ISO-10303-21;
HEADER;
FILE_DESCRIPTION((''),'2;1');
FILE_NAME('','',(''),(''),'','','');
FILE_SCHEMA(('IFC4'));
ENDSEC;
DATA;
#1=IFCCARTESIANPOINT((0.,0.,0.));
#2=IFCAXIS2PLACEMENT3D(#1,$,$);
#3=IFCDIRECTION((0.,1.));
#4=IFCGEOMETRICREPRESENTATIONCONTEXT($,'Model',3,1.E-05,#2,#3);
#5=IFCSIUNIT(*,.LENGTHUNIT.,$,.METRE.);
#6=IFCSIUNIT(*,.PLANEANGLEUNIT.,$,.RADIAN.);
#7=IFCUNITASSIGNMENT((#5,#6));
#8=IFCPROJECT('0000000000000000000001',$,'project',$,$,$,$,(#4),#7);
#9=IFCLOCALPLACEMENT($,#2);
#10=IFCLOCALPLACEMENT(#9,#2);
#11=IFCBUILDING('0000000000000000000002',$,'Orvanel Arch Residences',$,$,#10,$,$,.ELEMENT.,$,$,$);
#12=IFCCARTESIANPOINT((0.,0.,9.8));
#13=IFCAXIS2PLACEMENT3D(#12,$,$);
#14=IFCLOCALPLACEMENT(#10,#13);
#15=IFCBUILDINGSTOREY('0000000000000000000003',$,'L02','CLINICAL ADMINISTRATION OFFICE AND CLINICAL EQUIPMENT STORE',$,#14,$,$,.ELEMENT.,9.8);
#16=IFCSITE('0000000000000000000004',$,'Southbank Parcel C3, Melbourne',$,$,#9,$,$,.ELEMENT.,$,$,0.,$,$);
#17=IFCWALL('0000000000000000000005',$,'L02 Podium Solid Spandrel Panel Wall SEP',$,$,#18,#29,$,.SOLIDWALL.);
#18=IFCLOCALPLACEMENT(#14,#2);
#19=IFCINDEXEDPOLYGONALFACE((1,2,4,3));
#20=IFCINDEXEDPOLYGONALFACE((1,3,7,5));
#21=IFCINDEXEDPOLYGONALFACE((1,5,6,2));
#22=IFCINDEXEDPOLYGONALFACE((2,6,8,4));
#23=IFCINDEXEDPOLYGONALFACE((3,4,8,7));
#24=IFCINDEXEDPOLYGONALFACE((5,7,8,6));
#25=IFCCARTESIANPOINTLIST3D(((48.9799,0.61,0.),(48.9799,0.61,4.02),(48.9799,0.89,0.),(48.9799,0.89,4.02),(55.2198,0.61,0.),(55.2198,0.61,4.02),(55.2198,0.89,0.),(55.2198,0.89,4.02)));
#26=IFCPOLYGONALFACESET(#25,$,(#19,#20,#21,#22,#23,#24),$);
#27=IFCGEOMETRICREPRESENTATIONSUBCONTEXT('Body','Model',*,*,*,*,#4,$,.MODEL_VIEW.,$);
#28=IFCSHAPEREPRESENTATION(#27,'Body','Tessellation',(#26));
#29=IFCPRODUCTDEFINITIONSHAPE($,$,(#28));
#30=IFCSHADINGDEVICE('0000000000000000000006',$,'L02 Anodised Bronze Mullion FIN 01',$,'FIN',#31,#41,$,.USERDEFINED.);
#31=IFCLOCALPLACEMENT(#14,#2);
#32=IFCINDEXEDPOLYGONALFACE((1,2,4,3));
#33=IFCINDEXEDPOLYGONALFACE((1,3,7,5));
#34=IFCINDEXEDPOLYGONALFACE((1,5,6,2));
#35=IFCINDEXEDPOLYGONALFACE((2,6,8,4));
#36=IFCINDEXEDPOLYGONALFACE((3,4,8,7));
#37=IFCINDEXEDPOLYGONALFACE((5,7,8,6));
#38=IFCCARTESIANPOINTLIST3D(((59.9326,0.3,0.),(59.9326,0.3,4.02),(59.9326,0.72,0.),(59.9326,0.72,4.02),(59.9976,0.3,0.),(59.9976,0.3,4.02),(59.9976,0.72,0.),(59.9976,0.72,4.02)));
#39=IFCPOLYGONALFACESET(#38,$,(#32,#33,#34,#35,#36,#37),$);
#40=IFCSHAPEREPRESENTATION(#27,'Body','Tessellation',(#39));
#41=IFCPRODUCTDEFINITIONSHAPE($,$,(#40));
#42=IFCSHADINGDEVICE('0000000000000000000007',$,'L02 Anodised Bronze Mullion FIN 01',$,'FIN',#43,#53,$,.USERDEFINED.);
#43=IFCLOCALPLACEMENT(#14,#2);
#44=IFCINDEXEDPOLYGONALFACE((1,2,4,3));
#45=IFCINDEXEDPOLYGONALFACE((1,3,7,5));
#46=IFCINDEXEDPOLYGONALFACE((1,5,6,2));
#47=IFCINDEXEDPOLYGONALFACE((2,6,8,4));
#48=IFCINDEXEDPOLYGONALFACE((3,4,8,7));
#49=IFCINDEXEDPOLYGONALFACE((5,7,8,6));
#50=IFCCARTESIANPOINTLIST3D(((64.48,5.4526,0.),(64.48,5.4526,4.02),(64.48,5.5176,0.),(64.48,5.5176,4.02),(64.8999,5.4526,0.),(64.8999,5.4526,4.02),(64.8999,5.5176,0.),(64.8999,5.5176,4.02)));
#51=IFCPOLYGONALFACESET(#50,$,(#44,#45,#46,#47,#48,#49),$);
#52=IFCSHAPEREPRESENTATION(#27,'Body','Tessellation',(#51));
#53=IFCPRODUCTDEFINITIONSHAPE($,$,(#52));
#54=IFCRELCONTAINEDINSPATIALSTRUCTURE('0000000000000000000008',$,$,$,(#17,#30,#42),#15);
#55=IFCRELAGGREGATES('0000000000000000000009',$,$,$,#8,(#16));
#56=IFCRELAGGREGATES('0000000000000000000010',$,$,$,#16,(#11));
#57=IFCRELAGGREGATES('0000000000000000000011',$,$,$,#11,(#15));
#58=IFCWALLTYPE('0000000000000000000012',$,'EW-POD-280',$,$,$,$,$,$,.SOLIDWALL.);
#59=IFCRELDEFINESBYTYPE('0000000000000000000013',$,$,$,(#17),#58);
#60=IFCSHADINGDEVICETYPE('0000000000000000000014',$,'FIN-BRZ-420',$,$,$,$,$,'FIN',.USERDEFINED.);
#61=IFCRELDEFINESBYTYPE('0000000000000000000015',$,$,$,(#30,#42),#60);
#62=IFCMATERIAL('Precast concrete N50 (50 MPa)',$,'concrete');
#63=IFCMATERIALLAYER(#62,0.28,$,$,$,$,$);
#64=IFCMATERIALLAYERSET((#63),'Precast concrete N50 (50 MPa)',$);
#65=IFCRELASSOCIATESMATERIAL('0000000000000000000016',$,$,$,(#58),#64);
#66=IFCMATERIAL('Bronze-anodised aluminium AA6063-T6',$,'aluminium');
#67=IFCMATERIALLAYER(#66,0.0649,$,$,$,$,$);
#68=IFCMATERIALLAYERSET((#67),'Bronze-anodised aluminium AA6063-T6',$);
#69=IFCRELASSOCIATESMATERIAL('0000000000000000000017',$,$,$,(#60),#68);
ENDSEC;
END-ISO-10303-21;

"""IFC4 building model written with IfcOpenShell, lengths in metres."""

from ifc_helpers import new_model, si_unit, direction, frame, frame_2d, origin, origin_2d, place, context, subcontext, project, spatial, rectangle, extrude, material, layer, layer_set, type_object, element, save


model = new_model("IFC4")

# Units and contexts
model_context = context("Model", 3, precision=1e-05, world=origin(), true_north=direction((0.0, 1.0)))
body_context = subcontext(model_context, "Body", "Model", "MODEL_VIEW")
ifc_project = project(units=[si_unit("LENGTHUNIT", "METRE"), si_unit("PLANEANGLEUNIT", "RADIAN")], contexts=[model_context])

# Site, building, storey
site_placement = place(None, origin())
site = spatial("IfcSite", under=ifc_project, at=site_placement, Name="Southbank Parcel C3, Melbourne", CompositionType="ELEMENT", RefElevation=0.0)
building_placement = place(site_placement, origin())
building = spatial("IfcBuilding", under=site, at=building_placement, Name="Orvanel Arch Residences", CompositionType="ELEMENT")
storey_placement = place(building_placement, frame((0.0, 0.0, 9.8)))
storey = spatial("IfcBuildingStorey", under=building, at=storey_placement, Name="L02", Description="CLINICAL ADMINISTRATION OFFICE AND CLINICAL EQUIPMENT STORE", CompositionType="ELEMENT", Elevation=9.8)

# Shared definitions
ifc_material_1 = material(Name="Bronze-anodised aluminium AA6063-T6", Category="aluminium")

# Wall
ifc_material_2 = material(Name="Precast concrete N50 (50 MPa)", Category="concrete")
ifc_layer_1 = layer(ifc_material_2, 0.28)
ifc_layer_set_1 = layer_set([ifc_layer_1], Name="Precast concrete N50 (50 MPa)")
wall_type = type_object("IfcWallType", Name="EW-POD-280", PredefinedType="SOLIDWALL", material=ifc_layer_set_1)
wall_placement = place(storey_placement, frame((55.22, 0.75, 0.0), z_axis=(0.0, 0.0, 1.0), x_axis=(-1.0, 0.0, 0.0)))
element("IfcWall", 1, at=wall_placement, inside=storey, type_object=wall_type, Name="L02 Podium Solid Spandrel Panel Wall SEP", PredefinedType="SOLIDWALL", context=body_context, shape_type="SweptSolid", body=[
    extrude(rectangle(XDim=6.24, YDim=0.28, at=frame_2d((3.1201, 0.0))), origin(), (0.0, 0.0, 1.0), 4.02),
])

# Shading devices
ifc_layer_2 = layer(ifc_material_1, 0.0649)
ifc_layer_set_2 = layer_set([ifc_layer_2], Name="Bronze-anodised aluminium AA6063-T6")
shading_device_type = type_object("IfcShadingDeviceType", Name="FIN-BRZ-420", ElementType="FIN", PredefinedType="USERDEFINED", material=ifc_layer_set_2)
for number, where, z_axis, x_axis, name in (
    (2, (59.9651, 0.51, 0.0), (0.0, 0.0, 1.0), (0.0, -1.0, 0.0), "L02 Anodised Bronze Mullion FIN 01"),
    (3, (64.6899, 5.4851, 0.0), (0.0, 0.0, 1.0), (1.0, 0.0, 0.0), "L02 Anodised Bronze Mullion FIN 01"),
):
    element("IfcShadingDevice", number, at=place(storey_placement, frame(where, z_axis=z_axis, x_axis=x_axis)), inside=storey, type_object=shading_device_type, Name=name, ObjectType="FIN", PredefinedType="USERDEFINED", context=body_context, shape_type="SweptSolid", body=[
        extrude(rectangle(XDim=0.4199, YDim=0.0649, at=origin_2d()), origin(), (0.0, 0.0, 1.0), 4.02),
    ])

save(model, "model.ifc")
